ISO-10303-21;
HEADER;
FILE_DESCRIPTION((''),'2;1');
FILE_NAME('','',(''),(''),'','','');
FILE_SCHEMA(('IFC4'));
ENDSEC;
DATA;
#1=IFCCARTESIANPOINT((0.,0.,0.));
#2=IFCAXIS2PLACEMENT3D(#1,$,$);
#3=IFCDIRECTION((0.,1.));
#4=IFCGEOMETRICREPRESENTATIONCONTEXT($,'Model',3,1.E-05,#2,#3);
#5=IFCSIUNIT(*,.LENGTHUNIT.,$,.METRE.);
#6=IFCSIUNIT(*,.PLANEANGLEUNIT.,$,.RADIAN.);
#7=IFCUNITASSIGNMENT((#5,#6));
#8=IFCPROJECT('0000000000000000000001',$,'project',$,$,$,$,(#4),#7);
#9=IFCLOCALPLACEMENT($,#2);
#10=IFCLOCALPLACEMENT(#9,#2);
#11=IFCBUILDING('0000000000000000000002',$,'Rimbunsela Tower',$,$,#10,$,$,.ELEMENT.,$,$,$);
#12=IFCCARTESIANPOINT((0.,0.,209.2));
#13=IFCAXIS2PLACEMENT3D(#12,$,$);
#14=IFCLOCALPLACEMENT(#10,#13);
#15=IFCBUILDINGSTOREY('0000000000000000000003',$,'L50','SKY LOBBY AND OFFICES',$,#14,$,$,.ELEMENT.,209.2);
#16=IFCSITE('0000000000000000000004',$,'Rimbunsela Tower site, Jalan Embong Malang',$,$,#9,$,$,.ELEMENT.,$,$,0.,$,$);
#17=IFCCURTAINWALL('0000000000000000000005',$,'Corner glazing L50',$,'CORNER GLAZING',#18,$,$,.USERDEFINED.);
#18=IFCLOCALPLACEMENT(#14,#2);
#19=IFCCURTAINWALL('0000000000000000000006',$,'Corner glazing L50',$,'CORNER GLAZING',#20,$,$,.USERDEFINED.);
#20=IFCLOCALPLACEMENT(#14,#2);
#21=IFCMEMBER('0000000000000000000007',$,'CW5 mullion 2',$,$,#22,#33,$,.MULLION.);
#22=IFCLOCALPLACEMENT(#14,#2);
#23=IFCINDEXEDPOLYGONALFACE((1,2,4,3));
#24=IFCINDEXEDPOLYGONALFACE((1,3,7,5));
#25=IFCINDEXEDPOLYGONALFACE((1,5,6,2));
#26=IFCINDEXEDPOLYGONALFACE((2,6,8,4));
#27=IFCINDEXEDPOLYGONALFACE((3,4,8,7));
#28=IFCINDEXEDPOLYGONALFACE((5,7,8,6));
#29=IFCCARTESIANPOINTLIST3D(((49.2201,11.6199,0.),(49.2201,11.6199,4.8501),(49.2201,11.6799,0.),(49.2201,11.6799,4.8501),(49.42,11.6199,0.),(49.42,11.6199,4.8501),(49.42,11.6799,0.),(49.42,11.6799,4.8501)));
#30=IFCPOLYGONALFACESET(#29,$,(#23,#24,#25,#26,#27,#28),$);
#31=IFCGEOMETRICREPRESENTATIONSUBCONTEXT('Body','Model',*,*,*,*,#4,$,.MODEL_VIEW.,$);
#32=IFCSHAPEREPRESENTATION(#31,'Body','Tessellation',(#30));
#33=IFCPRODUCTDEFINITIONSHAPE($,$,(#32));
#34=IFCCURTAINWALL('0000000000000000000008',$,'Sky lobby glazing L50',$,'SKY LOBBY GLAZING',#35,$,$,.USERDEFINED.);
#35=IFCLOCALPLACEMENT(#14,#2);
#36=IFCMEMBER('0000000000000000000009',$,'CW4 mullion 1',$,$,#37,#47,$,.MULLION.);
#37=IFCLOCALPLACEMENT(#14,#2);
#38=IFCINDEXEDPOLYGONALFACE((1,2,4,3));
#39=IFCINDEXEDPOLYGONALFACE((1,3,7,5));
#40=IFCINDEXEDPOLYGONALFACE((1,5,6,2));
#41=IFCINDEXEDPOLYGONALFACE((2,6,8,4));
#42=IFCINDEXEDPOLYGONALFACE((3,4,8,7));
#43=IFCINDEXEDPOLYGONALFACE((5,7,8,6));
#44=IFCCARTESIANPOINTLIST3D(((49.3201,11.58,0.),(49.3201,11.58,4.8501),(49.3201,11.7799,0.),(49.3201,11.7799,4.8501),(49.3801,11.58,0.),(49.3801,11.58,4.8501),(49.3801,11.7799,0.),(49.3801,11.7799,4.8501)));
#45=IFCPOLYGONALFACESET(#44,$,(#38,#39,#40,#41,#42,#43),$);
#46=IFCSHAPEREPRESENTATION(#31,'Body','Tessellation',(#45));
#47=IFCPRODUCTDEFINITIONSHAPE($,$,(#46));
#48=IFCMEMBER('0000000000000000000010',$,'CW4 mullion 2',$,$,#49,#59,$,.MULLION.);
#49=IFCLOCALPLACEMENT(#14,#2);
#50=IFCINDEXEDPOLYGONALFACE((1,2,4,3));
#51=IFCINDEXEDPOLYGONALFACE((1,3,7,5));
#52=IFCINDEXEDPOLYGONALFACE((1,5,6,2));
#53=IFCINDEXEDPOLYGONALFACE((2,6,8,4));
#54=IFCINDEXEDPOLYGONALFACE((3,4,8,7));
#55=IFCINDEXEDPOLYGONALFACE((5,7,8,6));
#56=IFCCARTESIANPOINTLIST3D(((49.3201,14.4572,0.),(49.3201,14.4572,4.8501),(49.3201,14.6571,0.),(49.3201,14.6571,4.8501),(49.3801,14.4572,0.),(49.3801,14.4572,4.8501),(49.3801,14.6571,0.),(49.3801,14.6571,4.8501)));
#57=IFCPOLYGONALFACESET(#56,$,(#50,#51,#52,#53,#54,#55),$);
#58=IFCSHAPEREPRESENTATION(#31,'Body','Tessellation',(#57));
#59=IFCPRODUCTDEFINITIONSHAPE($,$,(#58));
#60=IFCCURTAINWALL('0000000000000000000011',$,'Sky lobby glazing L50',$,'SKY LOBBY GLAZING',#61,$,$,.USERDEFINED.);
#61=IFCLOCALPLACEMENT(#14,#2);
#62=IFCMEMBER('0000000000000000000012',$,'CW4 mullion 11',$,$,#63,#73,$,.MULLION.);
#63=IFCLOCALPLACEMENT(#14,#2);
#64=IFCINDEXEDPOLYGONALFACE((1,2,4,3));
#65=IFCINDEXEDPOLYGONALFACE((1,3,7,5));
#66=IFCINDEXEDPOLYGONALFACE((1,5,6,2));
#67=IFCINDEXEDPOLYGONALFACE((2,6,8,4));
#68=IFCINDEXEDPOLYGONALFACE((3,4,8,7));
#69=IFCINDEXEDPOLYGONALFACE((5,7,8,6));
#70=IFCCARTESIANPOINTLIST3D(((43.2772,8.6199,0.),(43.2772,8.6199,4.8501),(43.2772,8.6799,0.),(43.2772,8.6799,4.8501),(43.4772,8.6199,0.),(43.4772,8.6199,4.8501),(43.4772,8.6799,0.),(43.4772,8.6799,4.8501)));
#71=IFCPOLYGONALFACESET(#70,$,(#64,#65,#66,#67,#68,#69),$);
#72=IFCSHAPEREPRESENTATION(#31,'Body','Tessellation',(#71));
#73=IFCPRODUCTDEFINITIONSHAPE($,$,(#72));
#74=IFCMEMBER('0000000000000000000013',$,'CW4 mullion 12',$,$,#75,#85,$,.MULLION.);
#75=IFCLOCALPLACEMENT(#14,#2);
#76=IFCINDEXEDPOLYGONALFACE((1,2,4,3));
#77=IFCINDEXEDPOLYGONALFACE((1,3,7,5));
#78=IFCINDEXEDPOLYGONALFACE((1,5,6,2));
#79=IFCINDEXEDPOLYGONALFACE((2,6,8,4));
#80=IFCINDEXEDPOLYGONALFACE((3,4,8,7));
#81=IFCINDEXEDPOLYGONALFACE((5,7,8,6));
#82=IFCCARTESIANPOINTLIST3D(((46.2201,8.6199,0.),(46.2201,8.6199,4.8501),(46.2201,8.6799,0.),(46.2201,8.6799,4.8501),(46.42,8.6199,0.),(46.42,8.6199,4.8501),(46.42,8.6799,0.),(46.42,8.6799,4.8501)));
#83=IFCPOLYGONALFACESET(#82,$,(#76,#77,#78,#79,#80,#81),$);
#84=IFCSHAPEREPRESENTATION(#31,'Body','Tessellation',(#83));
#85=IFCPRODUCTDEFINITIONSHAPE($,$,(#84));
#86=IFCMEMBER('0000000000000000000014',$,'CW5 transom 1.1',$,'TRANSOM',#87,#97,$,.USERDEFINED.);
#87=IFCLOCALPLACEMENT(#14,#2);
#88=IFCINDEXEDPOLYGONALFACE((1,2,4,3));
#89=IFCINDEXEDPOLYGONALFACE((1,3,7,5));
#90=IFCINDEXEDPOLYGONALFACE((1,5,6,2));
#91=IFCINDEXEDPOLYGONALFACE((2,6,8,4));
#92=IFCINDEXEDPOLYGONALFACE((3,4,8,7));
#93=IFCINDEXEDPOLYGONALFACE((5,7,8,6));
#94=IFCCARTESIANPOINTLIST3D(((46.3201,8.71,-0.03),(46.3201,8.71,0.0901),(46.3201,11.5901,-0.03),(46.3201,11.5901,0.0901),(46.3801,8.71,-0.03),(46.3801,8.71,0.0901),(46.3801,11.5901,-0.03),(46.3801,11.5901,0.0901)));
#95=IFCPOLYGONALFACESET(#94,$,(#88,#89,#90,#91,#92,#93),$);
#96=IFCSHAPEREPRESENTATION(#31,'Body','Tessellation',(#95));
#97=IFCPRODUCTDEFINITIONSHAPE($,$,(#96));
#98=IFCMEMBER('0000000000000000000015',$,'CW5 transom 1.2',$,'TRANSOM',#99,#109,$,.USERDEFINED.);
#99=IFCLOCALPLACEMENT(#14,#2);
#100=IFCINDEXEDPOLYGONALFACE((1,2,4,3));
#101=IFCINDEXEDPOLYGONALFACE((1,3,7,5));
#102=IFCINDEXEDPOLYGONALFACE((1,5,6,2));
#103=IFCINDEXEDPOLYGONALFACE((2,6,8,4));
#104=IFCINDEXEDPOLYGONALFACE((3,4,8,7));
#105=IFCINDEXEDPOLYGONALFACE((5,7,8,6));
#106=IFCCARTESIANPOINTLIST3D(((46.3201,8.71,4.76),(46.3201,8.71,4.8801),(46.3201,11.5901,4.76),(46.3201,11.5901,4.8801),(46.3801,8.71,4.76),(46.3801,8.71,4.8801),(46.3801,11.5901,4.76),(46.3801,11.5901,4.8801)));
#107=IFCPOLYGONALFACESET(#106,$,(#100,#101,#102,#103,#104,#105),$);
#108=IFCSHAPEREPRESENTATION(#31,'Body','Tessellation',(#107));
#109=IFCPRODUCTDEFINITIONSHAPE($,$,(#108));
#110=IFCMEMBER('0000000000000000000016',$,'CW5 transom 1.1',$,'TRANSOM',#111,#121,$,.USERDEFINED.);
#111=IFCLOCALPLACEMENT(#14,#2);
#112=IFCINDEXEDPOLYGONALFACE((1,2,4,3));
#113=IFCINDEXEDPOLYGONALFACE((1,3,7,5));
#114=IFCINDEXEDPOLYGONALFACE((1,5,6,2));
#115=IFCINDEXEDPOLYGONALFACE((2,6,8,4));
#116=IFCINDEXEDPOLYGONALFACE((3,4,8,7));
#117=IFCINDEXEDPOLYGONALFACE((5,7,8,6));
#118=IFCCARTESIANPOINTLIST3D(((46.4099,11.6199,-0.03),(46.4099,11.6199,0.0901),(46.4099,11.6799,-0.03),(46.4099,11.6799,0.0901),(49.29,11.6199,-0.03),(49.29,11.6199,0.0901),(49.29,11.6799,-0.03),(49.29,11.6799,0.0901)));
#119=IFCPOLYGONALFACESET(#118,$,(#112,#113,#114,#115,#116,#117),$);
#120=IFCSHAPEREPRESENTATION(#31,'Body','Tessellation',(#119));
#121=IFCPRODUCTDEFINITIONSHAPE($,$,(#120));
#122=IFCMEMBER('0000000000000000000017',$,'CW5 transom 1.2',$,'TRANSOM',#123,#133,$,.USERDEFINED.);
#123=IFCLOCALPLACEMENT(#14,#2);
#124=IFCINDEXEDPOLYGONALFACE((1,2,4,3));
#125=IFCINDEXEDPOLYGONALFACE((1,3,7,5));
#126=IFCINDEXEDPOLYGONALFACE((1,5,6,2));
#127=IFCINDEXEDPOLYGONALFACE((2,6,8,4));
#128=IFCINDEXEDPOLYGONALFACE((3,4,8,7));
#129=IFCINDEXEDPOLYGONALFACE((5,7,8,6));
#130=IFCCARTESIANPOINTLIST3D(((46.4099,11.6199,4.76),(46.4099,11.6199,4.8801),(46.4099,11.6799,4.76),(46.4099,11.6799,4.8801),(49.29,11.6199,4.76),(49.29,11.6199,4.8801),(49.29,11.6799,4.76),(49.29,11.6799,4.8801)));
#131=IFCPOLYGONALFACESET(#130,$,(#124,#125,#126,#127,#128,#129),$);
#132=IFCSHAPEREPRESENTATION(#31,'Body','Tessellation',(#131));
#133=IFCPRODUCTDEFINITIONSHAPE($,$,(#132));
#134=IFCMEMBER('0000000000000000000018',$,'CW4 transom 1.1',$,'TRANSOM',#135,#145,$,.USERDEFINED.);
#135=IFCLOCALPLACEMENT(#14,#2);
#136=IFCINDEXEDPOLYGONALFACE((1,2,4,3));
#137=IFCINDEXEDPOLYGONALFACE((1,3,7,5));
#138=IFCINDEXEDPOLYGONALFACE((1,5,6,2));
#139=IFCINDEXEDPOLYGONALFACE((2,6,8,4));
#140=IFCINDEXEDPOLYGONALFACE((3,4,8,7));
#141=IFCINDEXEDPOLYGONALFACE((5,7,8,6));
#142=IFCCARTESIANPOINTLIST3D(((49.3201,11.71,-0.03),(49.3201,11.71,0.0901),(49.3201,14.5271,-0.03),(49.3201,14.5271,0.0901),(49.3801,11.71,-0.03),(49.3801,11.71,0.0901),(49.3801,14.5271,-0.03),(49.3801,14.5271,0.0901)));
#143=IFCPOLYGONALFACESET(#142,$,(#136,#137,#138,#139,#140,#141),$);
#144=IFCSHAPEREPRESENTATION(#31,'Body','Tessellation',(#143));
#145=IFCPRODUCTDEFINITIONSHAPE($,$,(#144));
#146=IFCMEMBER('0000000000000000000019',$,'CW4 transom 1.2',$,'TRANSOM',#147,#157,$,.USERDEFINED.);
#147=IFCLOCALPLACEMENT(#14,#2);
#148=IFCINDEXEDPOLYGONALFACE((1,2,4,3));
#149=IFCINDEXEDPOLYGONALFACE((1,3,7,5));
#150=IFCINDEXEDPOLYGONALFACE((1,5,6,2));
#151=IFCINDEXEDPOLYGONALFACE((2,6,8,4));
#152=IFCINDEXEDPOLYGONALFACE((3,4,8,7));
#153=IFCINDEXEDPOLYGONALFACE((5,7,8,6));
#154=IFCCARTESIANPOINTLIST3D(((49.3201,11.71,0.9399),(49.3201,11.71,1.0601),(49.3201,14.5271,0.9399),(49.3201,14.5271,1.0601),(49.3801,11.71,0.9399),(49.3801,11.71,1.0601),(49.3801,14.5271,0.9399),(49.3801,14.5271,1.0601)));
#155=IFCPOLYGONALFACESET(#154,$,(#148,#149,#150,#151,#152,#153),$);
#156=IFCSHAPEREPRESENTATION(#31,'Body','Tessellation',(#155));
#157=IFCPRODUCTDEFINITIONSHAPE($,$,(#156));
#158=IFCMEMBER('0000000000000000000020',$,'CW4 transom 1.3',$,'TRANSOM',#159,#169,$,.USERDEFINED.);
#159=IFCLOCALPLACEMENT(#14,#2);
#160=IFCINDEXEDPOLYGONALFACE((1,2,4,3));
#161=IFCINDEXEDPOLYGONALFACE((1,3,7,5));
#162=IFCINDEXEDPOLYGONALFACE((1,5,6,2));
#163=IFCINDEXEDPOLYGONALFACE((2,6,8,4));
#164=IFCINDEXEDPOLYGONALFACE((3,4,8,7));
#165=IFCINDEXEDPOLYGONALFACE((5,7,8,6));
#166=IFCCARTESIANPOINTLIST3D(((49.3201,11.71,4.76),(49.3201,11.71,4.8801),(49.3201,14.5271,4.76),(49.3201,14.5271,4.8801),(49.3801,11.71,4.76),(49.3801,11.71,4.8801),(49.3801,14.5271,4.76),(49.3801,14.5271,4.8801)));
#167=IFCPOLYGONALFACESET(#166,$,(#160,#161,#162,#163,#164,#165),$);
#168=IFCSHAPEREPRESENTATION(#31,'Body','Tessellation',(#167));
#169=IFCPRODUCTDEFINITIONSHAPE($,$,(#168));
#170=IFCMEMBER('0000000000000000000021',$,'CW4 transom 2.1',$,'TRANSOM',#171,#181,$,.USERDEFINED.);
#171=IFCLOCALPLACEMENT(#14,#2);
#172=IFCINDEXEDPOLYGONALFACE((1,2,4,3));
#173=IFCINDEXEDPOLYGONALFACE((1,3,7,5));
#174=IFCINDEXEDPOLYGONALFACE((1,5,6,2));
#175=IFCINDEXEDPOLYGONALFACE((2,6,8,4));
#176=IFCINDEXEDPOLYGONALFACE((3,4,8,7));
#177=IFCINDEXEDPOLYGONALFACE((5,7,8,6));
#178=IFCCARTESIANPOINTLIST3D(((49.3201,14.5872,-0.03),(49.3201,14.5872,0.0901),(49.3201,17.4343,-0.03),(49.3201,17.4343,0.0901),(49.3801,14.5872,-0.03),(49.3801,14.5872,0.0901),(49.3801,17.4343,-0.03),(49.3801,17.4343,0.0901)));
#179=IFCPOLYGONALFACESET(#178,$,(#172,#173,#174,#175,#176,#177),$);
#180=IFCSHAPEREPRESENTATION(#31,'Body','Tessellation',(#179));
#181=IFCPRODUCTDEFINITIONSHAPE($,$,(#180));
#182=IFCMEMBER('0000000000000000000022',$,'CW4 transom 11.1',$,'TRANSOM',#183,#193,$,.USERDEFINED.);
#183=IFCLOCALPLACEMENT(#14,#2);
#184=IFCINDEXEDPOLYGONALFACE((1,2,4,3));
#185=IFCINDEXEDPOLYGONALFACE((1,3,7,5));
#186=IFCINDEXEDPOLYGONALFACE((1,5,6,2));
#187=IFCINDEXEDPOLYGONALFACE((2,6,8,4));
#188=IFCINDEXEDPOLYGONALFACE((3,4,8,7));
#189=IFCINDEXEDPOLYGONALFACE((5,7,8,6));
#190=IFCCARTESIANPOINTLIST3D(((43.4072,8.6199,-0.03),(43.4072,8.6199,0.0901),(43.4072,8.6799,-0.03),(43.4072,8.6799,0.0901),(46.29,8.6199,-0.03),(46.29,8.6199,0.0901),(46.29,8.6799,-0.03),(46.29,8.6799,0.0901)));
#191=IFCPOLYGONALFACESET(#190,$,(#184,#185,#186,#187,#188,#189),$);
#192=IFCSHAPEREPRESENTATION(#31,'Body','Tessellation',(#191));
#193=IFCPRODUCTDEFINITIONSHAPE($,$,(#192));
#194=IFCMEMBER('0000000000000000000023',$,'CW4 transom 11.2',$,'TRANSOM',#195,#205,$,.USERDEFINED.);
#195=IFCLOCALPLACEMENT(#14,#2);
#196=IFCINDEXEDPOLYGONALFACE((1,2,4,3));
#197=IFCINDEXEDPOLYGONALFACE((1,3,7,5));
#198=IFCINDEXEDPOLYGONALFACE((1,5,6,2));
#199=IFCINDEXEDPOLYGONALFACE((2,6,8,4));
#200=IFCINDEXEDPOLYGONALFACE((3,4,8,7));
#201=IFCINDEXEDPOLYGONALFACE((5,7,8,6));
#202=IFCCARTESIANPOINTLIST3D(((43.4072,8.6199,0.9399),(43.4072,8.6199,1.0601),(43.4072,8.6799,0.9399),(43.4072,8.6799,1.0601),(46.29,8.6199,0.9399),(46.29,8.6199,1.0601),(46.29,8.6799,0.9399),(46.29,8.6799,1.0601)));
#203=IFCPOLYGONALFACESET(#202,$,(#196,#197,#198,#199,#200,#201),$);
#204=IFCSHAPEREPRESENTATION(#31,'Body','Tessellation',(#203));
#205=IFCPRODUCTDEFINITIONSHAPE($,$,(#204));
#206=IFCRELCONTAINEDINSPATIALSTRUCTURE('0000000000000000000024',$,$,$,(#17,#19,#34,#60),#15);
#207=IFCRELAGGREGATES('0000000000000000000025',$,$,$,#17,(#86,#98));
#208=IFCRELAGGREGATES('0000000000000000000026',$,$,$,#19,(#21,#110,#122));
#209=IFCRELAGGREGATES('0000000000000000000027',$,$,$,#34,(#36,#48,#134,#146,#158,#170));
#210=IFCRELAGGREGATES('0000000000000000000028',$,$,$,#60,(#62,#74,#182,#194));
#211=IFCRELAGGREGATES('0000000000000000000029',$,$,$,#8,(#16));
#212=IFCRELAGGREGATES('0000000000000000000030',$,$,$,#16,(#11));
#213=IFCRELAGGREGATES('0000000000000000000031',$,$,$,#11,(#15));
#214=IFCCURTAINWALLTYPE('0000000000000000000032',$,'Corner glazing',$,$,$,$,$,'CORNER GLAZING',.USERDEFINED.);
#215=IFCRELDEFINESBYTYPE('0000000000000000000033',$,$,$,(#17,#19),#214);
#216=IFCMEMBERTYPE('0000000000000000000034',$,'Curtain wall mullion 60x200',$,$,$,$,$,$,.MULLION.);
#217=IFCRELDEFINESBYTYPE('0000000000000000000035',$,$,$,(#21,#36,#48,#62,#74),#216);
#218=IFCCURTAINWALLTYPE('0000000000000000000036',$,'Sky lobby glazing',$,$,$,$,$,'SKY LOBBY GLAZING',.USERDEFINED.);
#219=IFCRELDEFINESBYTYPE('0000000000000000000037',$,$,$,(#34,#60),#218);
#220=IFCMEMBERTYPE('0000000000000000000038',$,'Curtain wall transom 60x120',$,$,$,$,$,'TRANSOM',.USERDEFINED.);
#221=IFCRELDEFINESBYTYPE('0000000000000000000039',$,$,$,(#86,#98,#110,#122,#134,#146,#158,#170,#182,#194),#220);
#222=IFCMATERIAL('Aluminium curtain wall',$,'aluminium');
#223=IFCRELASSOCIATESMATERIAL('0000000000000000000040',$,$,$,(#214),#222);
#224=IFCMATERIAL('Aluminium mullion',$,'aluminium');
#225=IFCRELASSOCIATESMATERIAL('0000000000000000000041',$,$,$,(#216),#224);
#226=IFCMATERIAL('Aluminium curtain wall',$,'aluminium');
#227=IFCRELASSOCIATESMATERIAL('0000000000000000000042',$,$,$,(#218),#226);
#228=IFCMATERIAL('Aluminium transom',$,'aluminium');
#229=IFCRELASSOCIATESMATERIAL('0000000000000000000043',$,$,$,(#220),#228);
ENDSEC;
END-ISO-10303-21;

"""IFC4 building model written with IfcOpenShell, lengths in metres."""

from ifc_helpers import new_model, si_unit, direction, frame, origin, origin_2d, place, context, subcontext, project, spatial, rectangle, extrude, material, material_profile, profile_set, type_object, element, aggregate, save


model = new_model("IFC4")

# Units and contexts
model_context = context("Model", 3, precision=1e-05, world=origin(), true_north=direction((0.0, 1.0)))
body_context = subcontext(model_context, "Body", "Model", "MODEL_VIEW")
ifc_project = project(units=[si_unit("LENGTHUNIT", "METRE"), si_unit("PLANEANGLEUNIT", "RADIAN")], contexts=[model_context])

# Site, building, storey
site_placement = place(None, origin())
site = spatial("IfcSite", under=ifc_project, at=site_placement, Name="Rimbunsela Tower site, Jalan Embong Malang", CompositionType="ELEMENT", RefElevation=0.0)
building_placement = place(site_placement, origin())
building = spatial("IfcBuilding", under=site, at=building_placement, Name="Rimbunsela Tower", CompositionType="ELEMENT")
storey_placement = place(building_placement, frame((0.0, 0.0, 209.2)))
storey = spatial("IfcBuildingStorey", under=building, at=storey_placement, Name="L50", Description="SKY LOBBY AND OFFICES", CompositionType="ELEMENT", Elevation=209.2)

# Curtain walls, members
ifc_material_1 = material(Name="Aluminium curtain wall", Category="aluminium")
curtain_wall_type_1 = type_object("IfcCurtainWallType", Name="Corner glazing", ElementType="CORNER GLAZING", PredefinedType="USERDEFINED", material=ifc_material_1)
curtain_wall_1_placement = place(storey_placement, origin())
curtain_wall_1 = element("IfcCurtainWall", 1, at=curtain_wall_1_placement, inside=storey, type_object=curtain_wall_type_1, Name="Corner glazing L50", ObjectType="CORNER GLAZING", PredefinedType="USERDEFINED")
ifc_material_2 = material(Name="Aluminium mullion", Category="aluminium")
ifc_material_profile_1 = material_profile(ifc_material_2, rectangle(XDim=0.0601, YDim=0.2, at=origin_2d()), Name="Mullion 60x200")
ifc_profile_set_1 = profile_set([ifc_material_profile_1], Name="Aluminium mullion")
member_type_1 = type_object("IfcMemberType", Name="Curtain wall mullion 60x200", PredefinedType="MULLION", material=ifc_profile_set_1)
curtain_wall_2_placement = place(storey_placement, origin())
curtain_wall_2 = element("IfcCurtainWall", 2, at=curtain_wall_2_placement, inside=storey, type_object=curtain_wall_type_1, Name="Corner glazing L50", ObjectType="CORNER GLAZING", PredefinedType="USERDEFINED")
member_1_placement = place(storey_placement, frame((49.3201, 11.6499, 0.0), z_axis=(0.0, 0.0, 1.0), x_axis=(0.0, 1.0, 0.0)))
member_1 = element("IfcMember", 3, at=member_1_placement, type_object=member_type_1, Name="CW5 mullion 2", PredefinedType="MULLION", context=body_context, shape_type="SweptSolid", body=[
    extrude(rectangle(XDim=0.0601, YDim=0.2, at=origin_2d()), origin(), (0.0, 0.0, 1.0), 4.8501),
])
ifc_material_3 = material(Name="Aluminium curtain wall", Category="aluminium")
curtain_wall_type_2 = type_object("IfcCurtainWallType", Name="Sky lobby glazing", ElementType="SKY LOBBY GLAZING", PredefinedType="USERDEFINED", material=ifc_material_3)
curtain_wall_3_placement = place(storey_placement, origin())
curtain_wall_3 = element("IfcCurtainWall", 4, at=curtain_wall_3_placement, inside=storey, type_object=curtain_wall_type_2, Name="Sky lobby glazing L50", ObjectType="SKY LOBBY GLAZING", PredefinedType="USERDEFINED")
member_2_placement = place(storey_placement, frame((49.3501, 11.6799, 0.0), z_axis=(0.0, 0.0, 1.0), x_axis=(-1.0, 0.0, 0.0)))
member_2 = element("IfcMember", 5, at=member_2_placement, type_object=member_type_1, Name="CW4 mullion 1", PredefinedType="MULLION", context=body_context, shape_type="SweptSolid", body=[
    extrude(rectangle(XDim=0.0601, YDim=0.2, at=origin_2d()), origin(), (0.0, 0.0, 1.0), 4.8501),
])
member_3_placement = place(storey_placement, frame((49.3501, 14.5571, 0.0), z_axis=(0.0, 0.0, 1.0), x_axis=(-1.0, 0.0, 0.0)))
member_3 = element("IfcMember", 6, at=member_3_placement, type_object=member_type_1, Name="CW4 mullion 2", PredefinedType="MULLION", context=body_context, shape_type="SweptSolid", body=[
    extrude(rectangle(XDim=0.0601, YDim=0.2, at=origin_2d()), origin(), (0.0, 0.0, 1.0), 4.8501),
])
curtain_wall_4_placement = place(storey_placement, origin())
curtain_wall_4 = element("IfcCurtainWall", 7, at=curtain_wall_4_placement, inside=storey, type_object=curtain_wall_type_2, Name="Sky lobby glazing L50", ObjectType="SKY LOBBY GLAZING", PredefinedType="USERDEFINED")
member_4_placement = place(storey_placement, frame((43.3772, 8.6499, 0.0), z_axis=(0.0, 0.0, 1.0), x_axis=(0.0, 1.0, 0.0)))
member_4 = element("IfcMember", 8, at=member_4_placement, type_object=member_type_1, Name="CW4 mullion 11", PredefinedType="MULLION", context=body_context, shape_type="SweptSolid", body=[
    extrude(rectangle(XDim=0.0601, YDim=0.2, at=origin_2d()), origin(), (0.0, 0.0, 1.0), 4.8501),
])
member_5_placement = place(storey_placement, frame((46.3201, 8.6499, 0.0), z_axis=(0.0, 0.0, 1.0), x_axis=(0.0, 1.0, 0.0)))
member_5 = element("IfcMember", 9, at=member_5_placement, type_object=member_type_1, Name="CW4 mullion 12", PredefinedType="MULLION", context=body_context, shape_type="SweptSolid", body=[
    extrude(rectangle(XDim=0.0601, YDim=0.2, at=origin_2d()), origin(), (0.0, 0.0, 1.0), 4.8501),
])

# Members
ifc_material_4 = material(Name="Aluminium transom", Category="aluminium")
ifc_material_profile_2 = material_profile(ifc_material_4, rectangle(XDim=0.0601, YDim=0.1201, at=origin_2d()), Name="Transom 60x120")
ifc_profile_set_2 = profile_set([ifc_material_profile_2], Name="Aluminium transom")
member_type_2 = type_object("IfcMemberType", Name="Curtain wall transom 60x120", ElementType="TRANSOM", PredefinedType="USERDEFINED", material=ifc_profile_set_2)
member_6_placement = place(storey_placement, frame((46.3501, 8.71, 0.03), z_axis=(0.0, 1.0, 0.0), x_axis=(-1.0, 0.0, 0.0)))
member_6 = element("IfcMember", 10, at=member_6_placement, type_object=member_type_2, Name="CW5 transom 1.1", ObjectType="TRANSOM", PredefinedType="USERDEFINED", context=body_context, shape_type="SweptSolid", body=[
    extrude(rectangle(XDim=0.0601, YDim=0.1201, at=origin_2d()), origin(), (0.0, 0.0, 1.0), 2.8801),
])
member_7_placement = place(storey_placement, frame((46.3501, 8.71, 4.8201), z_axis=(0.0, 1.0, 0.0), x_axis=(-1.0, 0.0, 0.0)))
member_7 = element("IfcMember", 11, at=member_7_placement, type_object=member_type_2, Name="CW5 transom 1.2", ObjectType="TRANSOM", PredefinedType="USERDEFINED", context=body_context, shape_type="SweptSolid", body=[
    extrude(rectangle(XDim=0.0601, YDim=0.1201, at=origin_2d()), origin(), (0.0, 0.0, 1.0), 2.8801),
])
member_8_placement = place(storey_placement, frame((46.4099, 11.6499, 0.03), z_axis=(1.0, 0.0, 0.0), x_axis=(0.0, 1.0, 0.0)))
member_8 = element("IfcMember", 12, at=member_8_placement, type_object=member_type_2, Name="CW5 transom 1.1", ObjectType="TRANSOM", PredefinedType="USERDEFINED", context=body_context, shape_type="SweptSolid", body=[
    extrude(rectangle(XDim=0.0601, YDim=0.1201, at=origin_2d()), origin(), (0.0, 0.0, 1.0), 2.8801),
])
member_9_placement = place(storey_placement, frame((46.4099, 11.6499, 4.8201), z_axis=(1.0, 0.0, 0.0), x_axis=(0.0, 1.0, 0.0)))
member_9 = element("IfcMember", 13, at=member_9_placement, type_object=member_type_2, Name="CW5 transom 1.2", ObjectType="TRANSOM", PredefinedType="USERDEFINED", context=body_context, shape_type="SweptSolid", body=[
    extrude(rectangle(XDim=0.0601, YDim=0.1201, at=origin_2d()), origin(), (0.0, 0.0, 1.0), 2.8801),
])
member_10_placement = place(storey_placement, frame((49.3501, 11.71, 0.03), z_axis=(0.0, 1.0, 0.0), x_axis=(-1.0, 0.0, 0.0)))
member_10 = element("IfcMember", 14, at=member_10_placement, type_object=member_type_2, Name="CW4 transom 1.1", ObjectType="TRANSOM", PredefinedType="USERDEFINED", context=body_context, shape_type="SweptSolid", body=[
    extrude(rectangle(XDim=0.0601, YDim=0.1201, at=origin_2d()), origin(), (0.0, 0.0, 1.0), 2.8171),
])
member_11_placement = place(storey_placement, frame((49.3501, 11.71, 1.0), z_axis=(0.0, 1.0, 0.0), x_axis=(-1.0, 0.0, 0.0)))
member_11 = element("IfcMember", 15, at=member_11_placement, type_object=member_type_2, Name="CW4 transom 1.2", ObjectType="TRANSOM", PredefinedType="USERDEFINED", context=body_context, shape_type="SweptSolid", body=[
    extrude(rectangle(XDim=0.0601, YDim=0.1201, at=origin_2d()), origin(), (0.0, 0.0, 1.0), 2.8171),
])
member_12_placement = place(storey_placement, frame((49.3501, 11.71, 4.8201), z_axis=(0.0, 1.0, 0.0), x_axis=(-1.0, 0.0, 0.0)))
member_12 = element("IfcMember", 16, at=member_12_placement, type_object=member_type_2, Name="CW4 transom 1.3", ObjectType="TRANSOM", PredefinedType="USERDEFINED", context=body_context, shape_type="SweptSolid", body=[
    extrude(rectangle(XDim=0.0601, YDim=0.1201, at=origin_2d()), origin(), (0.0, 0.0, 1.0), 2.8171),
])
member_13_placement = place(storey_placement, frame((49.3501, 14.5872, 0.03), z_axis=(0.0, 1.0, 0.0), x_axis=(-1.0, 0.0, 0.0)))
member_13 = element("IfcMember", 17, at=member_13_placement, type_object=member_type_2, Name="CW4 transom 2.1", ObjectType="TRANSOM", PredefinedType="USERDEFINED", context=body_context, shape_type="SweptSolid", body=[
    extrude(rectangle(XDim=0.0601, YDim=0.1201, at=origin_2d()), origin(), (0.0, 0.0, 1.0), 2.8472),
])
member_14_placement = place(storey_placement, frame((43.4072, 8.6499, 0.03), z_axis=(1.0, 0.0, 0.0), x_axis=(0.0, 1.0, 0.0)))
member_14 = element("IfcMember", 18, at=member_14_placement, type_object=member_type_2, Name="CW4 transom 11.1", ObjectType="TRANSOM", PredefinedType="USERDEFINED", context=body_context, shape_type="SweptSolid", body=[
    extrude(rectangle(XDim=0.0601, YDim=0.1201, at=origin_2d()), origin(), (0.0, 0.0, 1.0), 2.8828),
])
member_15_placement = place(storey_placement, frame((43.4072, 8.6499, 1.0), z_axis=(1.0, 0.0, 0.0), x_axis=(0.0, 1.0, 0.0)))
member_15 = element("IfcMember", 19, at=member_15_placement, type_object=member_type_2, Name="CW4 transom 11.2", ObjectType="TRANSOM", PredefinedType="USERDEFINED", context=body_context, shape_type="SweptSolid", body=[
    extrude(rectangle(XDim=0.0601, YDim=0.1201, at=origin_2d()), origin(), (0.0, 0.0, 1.0), 2.8828),
])

aggregate(curtain_wall_1, [member_6, member_7])
aggregate(curtain_wall_2, [member_1, member_8, member_9])
aggregate(curtain_wall_3, [member_2, member_3, member_10, member_11, member_12, member_13])
aggregate(curtain_wall_4, [member_4, member_5, member_14, member_15])

save(model, "model.ifc")
